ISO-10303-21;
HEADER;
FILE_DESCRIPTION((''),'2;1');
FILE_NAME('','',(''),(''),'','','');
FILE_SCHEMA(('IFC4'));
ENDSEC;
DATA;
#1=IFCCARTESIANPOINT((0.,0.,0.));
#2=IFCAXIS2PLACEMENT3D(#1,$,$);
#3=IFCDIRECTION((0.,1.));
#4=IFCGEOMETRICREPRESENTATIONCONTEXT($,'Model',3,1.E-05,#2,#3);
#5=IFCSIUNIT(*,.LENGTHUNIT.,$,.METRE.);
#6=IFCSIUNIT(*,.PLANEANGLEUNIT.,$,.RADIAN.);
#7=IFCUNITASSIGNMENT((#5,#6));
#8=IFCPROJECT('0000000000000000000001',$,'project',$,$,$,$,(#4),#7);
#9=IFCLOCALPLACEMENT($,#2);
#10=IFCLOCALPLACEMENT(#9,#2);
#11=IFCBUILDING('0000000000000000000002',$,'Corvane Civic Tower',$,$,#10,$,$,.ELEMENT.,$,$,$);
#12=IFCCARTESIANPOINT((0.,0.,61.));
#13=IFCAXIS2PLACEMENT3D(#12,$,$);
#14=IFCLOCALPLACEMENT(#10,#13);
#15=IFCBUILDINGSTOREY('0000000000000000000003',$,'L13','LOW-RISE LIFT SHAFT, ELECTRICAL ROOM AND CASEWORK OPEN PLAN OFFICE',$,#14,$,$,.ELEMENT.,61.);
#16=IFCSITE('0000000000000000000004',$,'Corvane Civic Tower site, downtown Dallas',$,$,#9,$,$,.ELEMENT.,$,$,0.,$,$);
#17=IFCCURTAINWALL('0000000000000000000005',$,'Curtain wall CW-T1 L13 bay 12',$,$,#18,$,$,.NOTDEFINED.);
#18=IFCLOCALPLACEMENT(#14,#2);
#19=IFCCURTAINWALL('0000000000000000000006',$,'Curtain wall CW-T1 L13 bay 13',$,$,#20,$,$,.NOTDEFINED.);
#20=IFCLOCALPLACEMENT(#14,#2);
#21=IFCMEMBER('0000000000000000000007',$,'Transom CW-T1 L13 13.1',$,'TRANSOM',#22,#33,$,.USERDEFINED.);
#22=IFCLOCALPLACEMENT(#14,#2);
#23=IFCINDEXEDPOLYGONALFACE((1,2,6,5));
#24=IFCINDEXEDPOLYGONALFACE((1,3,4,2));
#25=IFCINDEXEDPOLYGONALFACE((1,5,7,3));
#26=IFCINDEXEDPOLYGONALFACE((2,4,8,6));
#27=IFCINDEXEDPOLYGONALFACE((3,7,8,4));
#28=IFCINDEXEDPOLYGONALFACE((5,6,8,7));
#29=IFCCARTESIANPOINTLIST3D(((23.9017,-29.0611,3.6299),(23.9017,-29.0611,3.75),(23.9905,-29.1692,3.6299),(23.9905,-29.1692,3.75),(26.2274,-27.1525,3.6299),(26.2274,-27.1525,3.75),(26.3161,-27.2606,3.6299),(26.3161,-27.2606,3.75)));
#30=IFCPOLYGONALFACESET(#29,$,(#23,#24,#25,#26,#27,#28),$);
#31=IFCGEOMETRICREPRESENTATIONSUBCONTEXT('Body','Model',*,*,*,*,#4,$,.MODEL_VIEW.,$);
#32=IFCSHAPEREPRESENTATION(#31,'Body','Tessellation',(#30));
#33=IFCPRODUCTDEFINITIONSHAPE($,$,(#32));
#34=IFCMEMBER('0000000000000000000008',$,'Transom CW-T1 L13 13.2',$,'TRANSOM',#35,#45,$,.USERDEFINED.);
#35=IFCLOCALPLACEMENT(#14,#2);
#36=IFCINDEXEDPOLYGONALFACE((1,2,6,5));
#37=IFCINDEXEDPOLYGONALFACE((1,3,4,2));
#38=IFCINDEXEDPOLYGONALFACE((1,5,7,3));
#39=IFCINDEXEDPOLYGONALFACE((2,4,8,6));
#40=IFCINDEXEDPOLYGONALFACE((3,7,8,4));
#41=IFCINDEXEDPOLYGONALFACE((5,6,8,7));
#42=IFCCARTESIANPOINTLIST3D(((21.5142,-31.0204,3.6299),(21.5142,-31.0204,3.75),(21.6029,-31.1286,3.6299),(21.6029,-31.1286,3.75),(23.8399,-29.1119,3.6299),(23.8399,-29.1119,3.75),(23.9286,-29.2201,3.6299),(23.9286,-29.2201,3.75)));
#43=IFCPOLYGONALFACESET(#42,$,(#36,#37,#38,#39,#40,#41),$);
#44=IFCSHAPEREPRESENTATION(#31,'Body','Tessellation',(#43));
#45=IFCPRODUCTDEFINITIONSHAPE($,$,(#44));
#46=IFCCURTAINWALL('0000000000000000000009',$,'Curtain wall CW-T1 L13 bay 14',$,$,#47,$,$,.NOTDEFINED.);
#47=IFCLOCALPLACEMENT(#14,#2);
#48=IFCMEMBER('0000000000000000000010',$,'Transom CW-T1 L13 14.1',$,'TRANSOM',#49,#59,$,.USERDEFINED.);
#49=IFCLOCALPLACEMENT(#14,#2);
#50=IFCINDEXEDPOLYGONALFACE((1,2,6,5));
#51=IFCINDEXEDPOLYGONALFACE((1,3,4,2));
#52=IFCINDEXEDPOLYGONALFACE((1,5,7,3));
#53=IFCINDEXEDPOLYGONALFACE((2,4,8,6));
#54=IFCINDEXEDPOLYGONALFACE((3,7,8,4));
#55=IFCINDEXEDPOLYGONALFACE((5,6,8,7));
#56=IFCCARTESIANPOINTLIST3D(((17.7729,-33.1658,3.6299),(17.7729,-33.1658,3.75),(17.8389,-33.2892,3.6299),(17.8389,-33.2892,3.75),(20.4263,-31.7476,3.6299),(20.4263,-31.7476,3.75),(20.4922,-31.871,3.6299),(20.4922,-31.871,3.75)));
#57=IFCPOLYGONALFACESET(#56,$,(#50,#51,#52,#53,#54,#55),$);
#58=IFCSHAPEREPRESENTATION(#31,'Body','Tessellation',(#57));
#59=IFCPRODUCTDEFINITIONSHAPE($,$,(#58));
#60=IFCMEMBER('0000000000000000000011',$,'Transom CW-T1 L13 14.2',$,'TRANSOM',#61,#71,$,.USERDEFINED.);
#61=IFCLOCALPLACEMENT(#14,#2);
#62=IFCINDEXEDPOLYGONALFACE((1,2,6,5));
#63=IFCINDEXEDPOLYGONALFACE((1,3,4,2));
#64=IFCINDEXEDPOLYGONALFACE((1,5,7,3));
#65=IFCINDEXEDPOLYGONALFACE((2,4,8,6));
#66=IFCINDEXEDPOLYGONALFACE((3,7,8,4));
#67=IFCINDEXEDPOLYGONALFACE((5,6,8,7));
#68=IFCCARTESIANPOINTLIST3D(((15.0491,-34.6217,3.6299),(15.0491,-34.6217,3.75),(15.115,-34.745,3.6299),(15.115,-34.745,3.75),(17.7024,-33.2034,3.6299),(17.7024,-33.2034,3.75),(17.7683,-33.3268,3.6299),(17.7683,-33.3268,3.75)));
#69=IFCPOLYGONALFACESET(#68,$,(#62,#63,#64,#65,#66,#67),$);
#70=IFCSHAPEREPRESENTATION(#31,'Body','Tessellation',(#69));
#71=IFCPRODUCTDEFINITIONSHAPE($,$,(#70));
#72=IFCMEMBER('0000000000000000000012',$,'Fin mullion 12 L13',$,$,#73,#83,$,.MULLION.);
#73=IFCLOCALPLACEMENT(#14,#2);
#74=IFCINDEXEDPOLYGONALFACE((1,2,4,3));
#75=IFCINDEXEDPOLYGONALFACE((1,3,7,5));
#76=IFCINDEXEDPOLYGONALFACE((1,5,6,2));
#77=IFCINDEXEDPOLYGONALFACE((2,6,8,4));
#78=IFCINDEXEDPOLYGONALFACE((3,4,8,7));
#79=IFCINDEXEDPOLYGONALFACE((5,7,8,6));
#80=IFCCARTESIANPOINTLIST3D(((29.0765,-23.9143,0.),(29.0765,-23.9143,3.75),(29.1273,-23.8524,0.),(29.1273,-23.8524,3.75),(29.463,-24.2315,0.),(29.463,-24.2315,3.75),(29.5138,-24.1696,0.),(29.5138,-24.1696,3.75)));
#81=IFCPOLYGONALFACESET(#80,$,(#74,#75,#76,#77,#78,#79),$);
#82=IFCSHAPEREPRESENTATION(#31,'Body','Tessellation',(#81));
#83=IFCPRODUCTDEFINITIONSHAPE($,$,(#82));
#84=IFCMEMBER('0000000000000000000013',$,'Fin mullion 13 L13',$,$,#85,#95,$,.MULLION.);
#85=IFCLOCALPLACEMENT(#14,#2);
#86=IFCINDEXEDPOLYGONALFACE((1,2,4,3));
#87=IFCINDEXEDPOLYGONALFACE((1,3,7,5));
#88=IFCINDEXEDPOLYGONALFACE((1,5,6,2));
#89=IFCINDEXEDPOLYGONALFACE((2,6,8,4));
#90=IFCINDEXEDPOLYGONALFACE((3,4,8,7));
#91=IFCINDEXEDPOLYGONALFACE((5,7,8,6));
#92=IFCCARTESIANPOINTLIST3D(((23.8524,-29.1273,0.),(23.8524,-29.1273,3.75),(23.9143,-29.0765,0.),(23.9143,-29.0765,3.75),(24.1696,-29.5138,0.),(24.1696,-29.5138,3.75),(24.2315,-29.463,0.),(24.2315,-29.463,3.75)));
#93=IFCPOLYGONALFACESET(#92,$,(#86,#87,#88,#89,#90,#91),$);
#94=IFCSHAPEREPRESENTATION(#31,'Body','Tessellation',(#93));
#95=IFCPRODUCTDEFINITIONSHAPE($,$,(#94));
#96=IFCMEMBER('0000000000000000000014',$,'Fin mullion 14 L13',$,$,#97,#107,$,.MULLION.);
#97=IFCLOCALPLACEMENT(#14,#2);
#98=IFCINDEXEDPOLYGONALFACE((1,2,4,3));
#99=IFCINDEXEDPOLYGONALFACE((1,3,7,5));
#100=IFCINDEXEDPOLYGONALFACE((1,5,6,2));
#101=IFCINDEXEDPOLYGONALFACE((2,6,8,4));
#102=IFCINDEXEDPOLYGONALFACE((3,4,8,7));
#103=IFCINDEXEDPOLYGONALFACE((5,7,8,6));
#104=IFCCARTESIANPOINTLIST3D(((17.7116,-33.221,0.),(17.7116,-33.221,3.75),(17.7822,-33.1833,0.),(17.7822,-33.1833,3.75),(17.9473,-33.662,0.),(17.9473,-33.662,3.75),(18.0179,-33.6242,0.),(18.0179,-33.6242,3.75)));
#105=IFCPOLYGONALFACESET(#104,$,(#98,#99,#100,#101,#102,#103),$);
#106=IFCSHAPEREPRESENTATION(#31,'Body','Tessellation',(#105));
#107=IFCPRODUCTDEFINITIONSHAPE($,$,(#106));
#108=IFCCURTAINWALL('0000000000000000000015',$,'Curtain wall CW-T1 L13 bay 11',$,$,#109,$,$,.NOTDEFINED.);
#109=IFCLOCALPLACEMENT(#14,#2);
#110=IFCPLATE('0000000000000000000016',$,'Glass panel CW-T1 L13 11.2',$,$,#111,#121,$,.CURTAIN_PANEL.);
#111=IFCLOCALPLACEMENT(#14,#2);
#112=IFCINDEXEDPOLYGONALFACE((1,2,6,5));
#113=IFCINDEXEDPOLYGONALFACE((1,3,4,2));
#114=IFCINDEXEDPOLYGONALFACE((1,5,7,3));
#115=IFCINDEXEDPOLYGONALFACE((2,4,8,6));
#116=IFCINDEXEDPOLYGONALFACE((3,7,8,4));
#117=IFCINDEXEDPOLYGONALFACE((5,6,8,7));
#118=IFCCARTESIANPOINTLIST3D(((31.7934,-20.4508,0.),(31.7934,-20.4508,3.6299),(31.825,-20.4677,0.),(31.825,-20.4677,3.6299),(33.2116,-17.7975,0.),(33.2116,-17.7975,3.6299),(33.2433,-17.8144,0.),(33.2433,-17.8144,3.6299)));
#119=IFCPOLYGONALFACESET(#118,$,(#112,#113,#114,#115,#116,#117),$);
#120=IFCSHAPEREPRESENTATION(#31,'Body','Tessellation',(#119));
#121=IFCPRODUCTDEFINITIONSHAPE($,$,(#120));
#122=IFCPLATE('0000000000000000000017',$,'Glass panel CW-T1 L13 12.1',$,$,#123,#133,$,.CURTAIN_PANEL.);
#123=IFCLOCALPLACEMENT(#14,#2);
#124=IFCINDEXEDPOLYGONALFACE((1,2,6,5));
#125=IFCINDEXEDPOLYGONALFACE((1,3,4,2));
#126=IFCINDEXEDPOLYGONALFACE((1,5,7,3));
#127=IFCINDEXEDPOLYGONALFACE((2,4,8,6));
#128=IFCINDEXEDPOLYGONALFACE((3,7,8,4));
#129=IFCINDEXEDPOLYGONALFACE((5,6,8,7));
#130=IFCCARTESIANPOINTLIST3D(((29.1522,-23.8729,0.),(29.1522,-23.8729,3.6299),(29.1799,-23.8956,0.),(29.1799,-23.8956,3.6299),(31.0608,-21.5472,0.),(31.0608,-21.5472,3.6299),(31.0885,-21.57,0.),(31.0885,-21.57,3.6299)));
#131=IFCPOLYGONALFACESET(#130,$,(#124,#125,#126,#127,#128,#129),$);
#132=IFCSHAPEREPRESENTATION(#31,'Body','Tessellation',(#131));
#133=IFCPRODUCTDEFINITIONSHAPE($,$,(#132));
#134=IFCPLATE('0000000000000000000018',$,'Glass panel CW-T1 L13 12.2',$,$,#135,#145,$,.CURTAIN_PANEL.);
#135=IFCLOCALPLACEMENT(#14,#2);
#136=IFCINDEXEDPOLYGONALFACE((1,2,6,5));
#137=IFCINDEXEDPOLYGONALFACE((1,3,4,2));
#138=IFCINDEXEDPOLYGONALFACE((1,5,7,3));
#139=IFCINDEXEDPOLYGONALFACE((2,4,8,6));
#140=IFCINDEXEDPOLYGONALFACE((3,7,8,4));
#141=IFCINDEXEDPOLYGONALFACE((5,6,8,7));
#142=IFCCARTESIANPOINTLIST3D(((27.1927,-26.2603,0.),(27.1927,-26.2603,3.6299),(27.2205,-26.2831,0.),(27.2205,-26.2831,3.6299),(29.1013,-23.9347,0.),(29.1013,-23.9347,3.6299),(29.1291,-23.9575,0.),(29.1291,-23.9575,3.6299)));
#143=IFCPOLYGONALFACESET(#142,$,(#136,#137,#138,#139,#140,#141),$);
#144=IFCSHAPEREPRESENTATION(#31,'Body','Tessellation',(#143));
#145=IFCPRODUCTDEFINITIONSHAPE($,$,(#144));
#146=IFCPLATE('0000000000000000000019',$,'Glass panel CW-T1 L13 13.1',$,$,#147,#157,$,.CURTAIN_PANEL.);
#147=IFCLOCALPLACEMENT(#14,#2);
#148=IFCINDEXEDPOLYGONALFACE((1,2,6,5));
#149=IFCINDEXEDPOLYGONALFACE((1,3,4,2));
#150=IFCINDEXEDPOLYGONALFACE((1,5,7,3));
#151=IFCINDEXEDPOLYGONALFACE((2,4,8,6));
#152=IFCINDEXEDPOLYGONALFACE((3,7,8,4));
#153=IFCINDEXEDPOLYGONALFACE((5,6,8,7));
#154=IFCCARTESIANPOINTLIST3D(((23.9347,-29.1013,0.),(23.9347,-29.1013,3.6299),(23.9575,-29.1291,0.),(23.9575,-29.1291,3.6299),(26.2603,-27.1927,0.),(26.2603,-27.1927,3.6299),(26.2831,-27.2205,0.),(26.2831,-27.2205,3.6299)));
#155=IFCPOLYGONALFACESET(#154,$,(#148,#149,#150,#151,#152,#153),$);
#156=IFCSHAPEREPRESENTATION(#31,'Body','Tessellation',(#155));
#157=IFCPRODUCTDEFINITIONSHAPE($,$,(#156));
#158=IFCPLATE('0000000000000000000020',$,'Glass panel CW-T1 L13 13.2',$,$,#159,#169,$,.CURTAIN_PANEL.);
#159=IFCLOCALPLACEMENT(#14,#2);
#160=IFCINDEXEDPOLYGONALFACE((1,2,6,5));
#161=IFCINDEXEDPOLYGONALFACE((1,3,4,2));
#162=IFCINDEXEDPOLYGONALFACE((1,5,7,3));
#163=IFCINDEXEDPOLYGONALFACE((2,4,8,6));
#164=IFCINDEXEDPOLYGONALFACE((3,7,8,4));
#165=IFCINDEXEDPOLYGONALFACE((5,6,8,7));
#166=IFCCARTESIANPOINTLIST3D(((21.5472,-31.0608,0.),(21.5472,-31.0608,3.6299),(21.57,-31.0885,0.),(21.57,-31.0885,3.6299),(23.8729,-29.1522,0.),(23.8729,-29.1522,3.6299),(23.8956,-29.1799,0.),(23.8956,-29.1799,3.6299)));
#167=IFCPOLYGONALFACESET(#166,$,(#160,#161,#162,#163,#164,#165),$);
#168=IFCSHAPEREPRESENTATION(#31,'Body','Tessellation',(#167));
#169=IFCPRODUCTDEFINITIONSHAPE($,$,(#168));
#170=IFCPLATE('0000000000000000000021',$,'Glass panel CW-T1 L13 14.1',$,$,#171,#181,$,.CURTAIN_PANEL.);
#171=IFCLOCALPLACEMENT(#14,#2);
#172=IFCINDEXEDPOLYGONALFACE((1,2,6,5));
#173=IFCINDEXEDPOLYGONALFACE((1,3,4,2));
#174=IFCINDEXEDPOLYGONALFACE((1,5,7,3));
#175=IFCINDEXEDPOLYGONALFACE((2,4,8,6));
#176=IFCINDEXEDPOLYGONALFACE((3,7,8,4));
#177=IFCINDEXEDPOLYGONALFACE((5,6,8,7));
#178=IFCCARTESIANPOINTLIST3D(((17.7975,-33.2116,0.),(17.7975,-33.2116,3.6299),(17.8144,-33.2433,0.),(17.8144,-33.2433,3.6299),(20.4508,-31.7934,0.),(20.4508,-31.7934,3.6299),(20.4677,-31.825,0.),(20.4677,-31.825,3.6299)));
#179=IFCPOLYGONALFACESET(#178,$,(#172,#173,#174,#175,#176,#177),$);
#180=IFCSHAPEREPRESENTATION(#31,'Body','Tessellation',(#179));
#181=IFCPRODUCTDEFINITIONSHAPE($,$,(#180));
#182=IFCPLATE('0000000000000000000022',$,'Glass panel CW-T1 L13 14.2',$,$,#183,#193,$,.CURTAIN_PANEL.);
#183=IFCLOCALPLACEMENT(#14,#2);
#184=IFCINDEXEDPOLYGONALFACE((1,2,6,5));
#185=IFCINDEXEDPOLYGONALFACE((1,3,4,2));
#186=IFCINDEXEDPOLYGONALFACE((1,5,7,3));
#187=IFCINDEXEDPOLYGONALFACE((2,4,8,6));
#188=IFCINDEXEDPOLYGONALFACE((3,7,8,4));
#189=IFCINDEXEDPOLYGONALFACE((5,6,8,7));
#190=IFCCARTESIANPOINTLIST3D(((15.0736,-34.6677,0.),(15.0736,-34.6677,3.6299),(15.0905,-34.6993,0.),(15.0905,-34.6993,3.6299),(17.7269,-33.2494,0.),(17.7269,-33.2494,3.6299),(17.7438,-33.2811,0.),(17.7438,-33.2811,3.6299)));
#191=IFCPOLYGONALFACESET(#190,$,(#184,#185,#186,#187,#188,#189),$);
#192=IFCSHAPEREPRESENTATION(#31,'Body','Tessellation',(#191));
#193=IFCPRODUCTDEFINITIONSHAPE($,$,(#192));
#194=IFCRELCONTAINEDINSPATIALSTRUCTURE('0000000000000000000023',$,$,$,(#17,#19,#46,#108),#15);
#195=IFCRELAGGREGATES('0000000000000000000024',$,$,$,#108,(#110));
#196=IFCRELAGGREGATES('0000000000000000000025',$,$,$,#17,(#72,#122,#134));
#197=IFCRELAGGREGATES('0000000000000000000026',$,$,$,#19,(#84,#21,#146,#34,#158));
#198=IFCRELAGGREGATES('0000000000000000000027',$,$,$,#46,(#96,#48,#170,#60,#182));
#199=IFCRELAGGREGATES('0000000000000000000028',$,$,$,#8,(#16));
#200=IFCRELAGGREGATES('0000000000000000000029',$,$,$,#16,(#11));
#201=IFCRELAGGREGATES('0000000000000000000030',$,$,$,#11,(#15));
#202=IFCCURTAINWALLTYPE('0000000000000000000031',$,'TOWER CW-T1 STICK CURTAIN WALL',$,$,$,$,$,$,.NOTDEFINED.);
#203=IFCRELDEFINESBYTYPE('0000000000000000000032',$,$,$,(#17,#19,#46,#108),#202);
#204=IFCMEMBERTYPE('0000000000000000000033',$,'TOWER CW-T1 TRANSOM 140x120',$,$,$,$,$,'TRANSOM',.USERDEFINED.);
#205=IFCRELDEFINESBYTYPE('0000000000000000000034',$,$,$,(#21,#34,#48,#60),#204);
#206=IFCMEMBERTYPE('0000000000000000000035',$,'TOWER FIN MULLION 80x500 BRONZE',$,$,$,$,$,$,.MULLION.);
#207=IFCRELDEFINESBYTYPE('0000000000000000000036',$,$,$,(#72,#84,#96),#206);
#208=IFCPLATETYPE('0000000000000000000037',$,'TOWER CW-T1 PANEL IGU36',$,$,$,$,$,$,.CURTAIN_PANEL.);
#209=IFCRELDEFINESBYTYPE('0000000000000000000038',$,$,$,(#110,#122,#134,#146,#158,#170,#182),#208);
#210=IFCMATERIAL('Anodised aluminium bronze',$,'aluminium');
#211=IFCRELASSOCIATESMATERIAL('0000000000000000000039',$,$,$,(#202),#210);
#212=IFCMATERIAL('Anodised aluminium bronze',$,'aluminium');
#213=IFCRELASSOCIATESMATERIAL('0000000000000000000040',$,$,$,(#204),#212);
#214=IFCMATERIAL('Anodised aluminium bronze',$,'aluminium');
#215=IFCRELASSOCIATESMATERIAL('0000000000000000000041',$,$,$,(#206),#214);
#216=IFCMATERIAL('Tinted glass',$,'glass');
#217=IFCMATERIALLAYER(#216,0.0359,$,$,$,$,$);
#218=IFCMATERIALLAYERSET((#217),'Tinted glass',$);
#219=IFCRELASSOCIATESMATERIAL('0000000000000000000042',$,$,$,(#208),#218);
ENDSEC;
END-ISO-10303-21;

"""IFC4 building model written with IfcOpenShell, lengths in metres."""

from ifc_helpers import new_model, si_unit, direction, frame, origin, origin_2d, place, context, subcontext, project, spatial, rectangle, extrude, material, layer, layer_set, material_profile, profile_set, type_object, element, aggregate, save


model = new_model("IFC4")

# Units and contexts
model_context = context("Model", 3, precision=1e-05, world=origin(), true_north=direction((0.0, 1.0)))
body_context = subcontext(model_context, "Body", "Model", "MODEL_VIEW")
ifc_project = project(units=[si_unit("LENGTHUNIT", "METRE"), si_unit("PLANEANGLEUNIT", "RADIAN")], contexts=[model_context])

# Site, building, storey
site_placement = place(None, origin())
site = spatial("IfcSite", under=ifc_project, at=site_placement, Name="Corvane Civic Tower site, downtown Dallas", CompositionType="ELEMENT", RefElevation=0.0)
building_placement = place(site_placement, origin())
building = spatial("IfcBuilding", under=site, at=building_placement, Name="Corvane Civic Tower", CompositionType="ELEMENT")
storey_placement = place(building_placement, frame((0.0, 0.0, 61.0)))
storey = spatial("IfcBuildingStorey", under=building, at=storey_placement, Name="L13", Description="LOW-RISE LIFT SHAFT, ELECTRICAL ROOM AND CASEWORK OPEN PLAN OFFICE", CompositionType="ELEMENT", Elevation=61.0)

# Curtain walls, members
ifc_material_1 = material(Name="Anodised aluminium bronze", Category="aluminium")
curtain_wall_type = type_object("IfcCurtainWallType", Name="TOWER CW-T1 STICK CURTAIN WALL", PredefinedType="NOTDEFINED", material=ifc_material_1)
curtain_wall_1_placement = place(storey_placement, origin())
curtain_wall_1 = element("IfcCurtainWall", 1, at=curtain_wall_1_placement, inside=storey, type_object=curtain_wall_type, Name="Curtain wall CW-T1 L13 bay 12", PredefinedType="NOTDEFINED")
ifc_material_2 = material(Name="Anodised aluminium bronze", Category="aluminium")
ifc_material_profile_1 = material_profile(ifc_material_2, rectangle(XDim=0.1399, YDim=0.1201, at=origin_2d()), Name="TOWER CW-T1 TRANSOM 140x120")
ifc_profile_set_1 = profile_set([ifc_material_profile_1], Name="Anodised aluminium bronze")
member_type_1 = type_object("IfcMemberType", Name="TOWER CW-T1 TRANSOM 140x120", ElementType="TRANSOM", PredefinedType="USERDEFINED", material=ifc_profile_set_1)
curtain_wall_2_placement = place(storey_placement, origin())
curtain_wall_2 = element("IfcCurtainWall", 2, at=curtain_wall_2_placement, inside=storey, type_object=curtain_wall_type, Name="Curtain wall CW-T1 L13 bay 13", PredefinedType="NOTDEFINED")
member_1_placement = place(storey_placement, frame((26.2717, -27.2065, 3.6899), z_axis=(-0.773002, -0.634404, 0.0), x_axis=(0.634404, -0.773002, 0.0)))
member_1 = element("IfcMember", 3, at=member_1_placement, type_object=member_type_1, Name="Transom CW-T1 L13 13.1", ObjectType="TRANSOM", PredefinedType="USERDEFINED", context=body_context, shape_type="SweptSolid", body=[
    extrude(rectangle(XDim=0.1399, YDim=0.1201, at=origin_2d()), origin(), (0.0, 0.0, 1.0), 3.0085),
])
member_2_placement = place(storey_placement, frame((23.8843, -29.166, 3.6899), z_axis=(-0.773042, -0.634355, 0.0), x_axis=(0.634355, -0.773042, 0.0)))
member_2 = element("IfcMember", 4, at=member_2_placement, type_object=member_type_1, Name="Transom CW-T1 L13 13.2", ObjectType="TRANSOM", PredefinedType="USERDEFINED", context=body_context, shape_type="SweptSolid", body=[
    extrude(rectangle(XDim=0.1399, YDim=0.1201, at=origin_2d()), origin(), (0.0, 0.0, 1.0), 3.0085),
])
curtain_wall_3_placement = place(storey_placement, origin())
curtain_wall_3 = element("IfcCurtainWall", 5, at=curtain_wall_3_placement, inside=storey, type_object=curtain_wall_type, Name="Curtain wall CW-T1 L13 bay 14", PredefinedType="NOTDEFINED")
member_3_placement = place(storey_placement, frame((20.4592, -31.8093, 3.6899), z_axis=(-0.881924, -0.471393, 0.0), x_axis=(0.471393, -0.881924, 0.0)))
member_3 = element("IfcMember", 6, at=member_3_placement, type_object=member_type_1, Name="Transom CW-T1 L13 14.1", ObjectType="TRANSOM", PredefinedType="USERDEFINED", context=body_context, shape_type="SweptSolid", body=[
    extrude(rectangle(XDim=0.1399, YDim=0.1201, at=origin_2d()), origin(), (0.0, 0.0, 1.0), 3.0085),
])
member_4_placement = place(storey_placement, frame((17.7354, -33.2651, 3.6899), z_axis=(-0.881924, -0.471393, 0.0), x_axis=(0.471393, -0.881924, 0.0)))
member_4 = element("IfcMember", 7, at=member_4_placement, type_object=member_type_1, Name="Transom CW-T1 L13 14.2", ObjectType="TRANSOM", PredefinedType="USERDEFINED", context=body_context, shape_type="SweptSolid", body=[
    extrude(rectangle(XDim=0.1399, YDim=0.1201, at=origin_2d()), origin(), (0.0, 0.0, 1.0), 3.0085),
])

# Members
ifc_material_3 = material(Name="Anodised aluminium bronze", Category="aluminium")
ifc_material_profile_2 = material_profile(ifc_material_3, rectangle(XDim=0.0801, YDim=0.5, at=origin_2d()), Name="TOWER FIN MULLION 80x500 BRONZE")
ifc_profile_set_2 = profile_set([ifc_material_profile_2], Name="Anodised aluminium bronze")
member_type_2 = type_object("IfcMemberType", Name="TOWER FIN MULLION 80x500 BRONZE", PredefinedType="MULLION", material=ifc_profile_set_2)
member_5_placement = place(storey_placement, frame((29.2952, -24.042, 0.0), z_axis=(0.0, 0.0, 1.0), x_axis=(-0.634397, -0.773007, 0.0)))
member_5 = element("IfcMember", 8, at=member_5_placement, type_object=member_type_2, Name="Fin mullion 12 L13", PredefinedType="MULLION", context=body_context, shape_type="SweptSolid", body=[
    extrude(rectangle(XDim=0.0801, YDim=0.5, at=origin_2d()), origin(), (0.0, 0.0, 1.0), 3.75),
])
member_6_placement = place(storey_placement, frame((24.042, -29.2952, 0.0), z_axis=(0.0, 0.0, 1.0), x_axis=(-0.773007, -0.634397, 0.0)))
member_6 = element("IfcMember", 9, at=member_6_placement, type_object=member_type_2, Name="Fin mullion 13 L13", PredefinedType="MULLION", context=body_context, shape_type="SweptSolid", body=[
    extrude(rectangle(XDim=0.0801, YDim=0.5, at=origin_2d()), origin(), (0.0, 0.0, 1.0), 3.75),
])
member_7_placement = place(storey_placement, frame((17.8647, -33.4226, 0.0), z_axis=(0.0, 0.0, 1.0), x_axis=(-0.881918, -0.471404, 0.0)))
member_7 = element("IfcMember", 10, at=member_7_placement, type_object=member_type_2, Name="Fin mullion 14 L13", PredefinedType="MULLION", context=body_context, shape_type="SweptSolid", body=[
    extrude(rectangle(XDim=0.0801, YDim=0.5, at=origin_2d()), origin(), (0.0, 0.0, 1.0), 3.75),
])

# Curtain wall, plate
curtain_wall_4_placement = place(storey_placement, origin())
curtain_wall_4 = element("IfcCurtainWall", 11, at=curtain_wall_4_placement, inside=storey, type_object=curtain_wall_type, Name="Curtain wall CW-T1 L13 bay 11", PredefinedType="NOTDEFINED")
ifc_material_4 = material(Name="Tinted glass", Category="glass")
ifc_layer_1 = layer(ifc_material_4, 0.0359)
ifc_layer_set_1 = layer_set([ifc_layer_1], Name="Tinted glass")
plate_type = type_object("IfcPlateType", Name="TOWER CW-T1 PANEL IGU36", PredefinedType="CURTAIN_PANEL", material=ifc_layer_set_1)
plate_1_placement = place(storey_placement, frame((32.5183, -19.1326, 0.0), z_axis=(0.0, 0.0, 1.0), x_axis=(-0.471404, -0.881918, 0.0)))
plate_1 = element("IfcPlate", 12, at=plate_1_placement, type_object=plate_type, Name="Glass panel CW-T1 L13 11.2", PredefinedType="CURTAIN_PANEL", context=body_context, shape_type="SweptSolid", body=[
    extrude(rectangle(XDim=3.0085, YDim=0.0359, at=origin_2d()), origin(), (0.0, 0.0, 1.0), 3.6299),
])
aggregate(curtain_wall_4, [plate_1])

# Plates
plate_2_placement = place(storey_placement, frame((30.1204, -22.7214, 0.0), z_axis=(0.0, 0.0, 1.0), x_axis=(-0.634397, -0.773007, 0.0)))
plate_2 = element("IfcPlate", 13, at=plate_2_placement, type_object=plate_type, Name="Glass panel CW-T1 L13 12.1", PredefinedType="CURTAIN_PANEL", context=body_context, shape_type="SweptSolid", body=[
    extrude(rectangle(XDim=3.0085, YDim=0.0359, at=origin_2d()), origin(), (0.0, 0.0, 1.0), 3.6299),
])
plate_3_placement = place(storey_placement, frame((28.1609, -25.1089, 0.0), z_axis=(0.0, 0.0, 1.0), x_axis=(-0.634397, -0.773007, 0.0)))
plate_3 = element("IfcPlate", 14, at=plate_3_placement, type_object=plate_type, Name="Glass panel CW-T1 L13 12.2", PredefinedType="CURTAIN_PANEL", context=body_context, shape_type="SweptSolid", body=[
    extrude(rectangle(XDim=3.0085, YDim=0.0359, at=origin_2d()), origin(), (0.0, 0.0, 1.0), 3.6299),
])
aggregate(curtain_wall_1, [member_5, plate_2, plate_3])
plate_4_placement = place(storey_placement, frame((25.1089, -28.1609, 0.0), z_axis=(0.0, 0.0, 1.0), x_axis=(-0.773007, -0.634397, 0.0)))
plate_4 = element("IfcPlate", 15, at=plate_4_placement, type_object=plate_type, Name="Glass panel CW-T1 L13 13.1", PredefinedType="CURTAIN_PANEL", context=body_context, shape_type="SweptSolid", body=[
    extrude(rectangle(XDim=3.0085, YDim=0.0359, at=origin_2d()), origin(), (0.0, 0.0, 1.0), 3.6299),
])
plate_5_placement = place(storey_placement, frame((22.7214, -30.1204, 0.0), z_axis=(0.0, 0.0, 1.0), x_axis=(-0.773007, -0.634397, 0.0)))
plate_5 = element("IfcPlate", 16, at=plate_5_placement, type_object=plate_type, Name="Glass panel CW-T1 L13 13.2", PredefinedType="CURTAIN_PANEL", context=body_context, shape_type="SweptSolid", body=[
    extrude(rectangle(XDim=3.0085, YDim=0.0359, at=origin_2d()), origin(), (0.0, 0.0, 1.0), 3.6299),
])
aggregate(curtain_wall_2, [member_6, member_1, plate_4, member_2, plate_5])
plate_6_placement = place(storey_placement, frame((19.1326, -32.5183, 0.0), z_axis=(0.0, 0.0, 1.0), x_axis=(-0.881918, -0.471404, 0.0)))
plate_6 = element("IfcPlate", 17, at=plate_6_placement, type_object=plate_type, Name="Glass panel CW-T1 L13 14.1", PredefinedType="CURTAIN_PANEL", context=body_context, shape_type="SweptSolid", body=[
    extrude(rectangle(XDim=3.0085, YDim=0.0359, at=origin_2d()), origin(), (0.0, 0.0, 1.0), 3.6299),
])
plate_7_placement = place(storey_placement, frame((16.4087, -33.9744, 0.0), z_axis=(0.0, 0.0, 1.0), x_axis=(-0.881918, -0.471404, 0.0)))
plate_7 = element("IfcPlate", 18, at=plate_7_placement, type_object=plate_type, Name="Glass panel CW-T1 L13 14.2", PredefinedType="CURTAIN_PANEL", context=body_context, shape_type="SweptSolid", body=[
    extrude(rectangle(XDim=3.0085, YDim=0.0359, at=origin_2d()), origin(), (0.0, 0.0, 1.0), 3.6299),
])
aggregate(curtain_wall_3, [member_7, member_3, plate_6, member_4, plate_7])

save(model, "model.ifc")
